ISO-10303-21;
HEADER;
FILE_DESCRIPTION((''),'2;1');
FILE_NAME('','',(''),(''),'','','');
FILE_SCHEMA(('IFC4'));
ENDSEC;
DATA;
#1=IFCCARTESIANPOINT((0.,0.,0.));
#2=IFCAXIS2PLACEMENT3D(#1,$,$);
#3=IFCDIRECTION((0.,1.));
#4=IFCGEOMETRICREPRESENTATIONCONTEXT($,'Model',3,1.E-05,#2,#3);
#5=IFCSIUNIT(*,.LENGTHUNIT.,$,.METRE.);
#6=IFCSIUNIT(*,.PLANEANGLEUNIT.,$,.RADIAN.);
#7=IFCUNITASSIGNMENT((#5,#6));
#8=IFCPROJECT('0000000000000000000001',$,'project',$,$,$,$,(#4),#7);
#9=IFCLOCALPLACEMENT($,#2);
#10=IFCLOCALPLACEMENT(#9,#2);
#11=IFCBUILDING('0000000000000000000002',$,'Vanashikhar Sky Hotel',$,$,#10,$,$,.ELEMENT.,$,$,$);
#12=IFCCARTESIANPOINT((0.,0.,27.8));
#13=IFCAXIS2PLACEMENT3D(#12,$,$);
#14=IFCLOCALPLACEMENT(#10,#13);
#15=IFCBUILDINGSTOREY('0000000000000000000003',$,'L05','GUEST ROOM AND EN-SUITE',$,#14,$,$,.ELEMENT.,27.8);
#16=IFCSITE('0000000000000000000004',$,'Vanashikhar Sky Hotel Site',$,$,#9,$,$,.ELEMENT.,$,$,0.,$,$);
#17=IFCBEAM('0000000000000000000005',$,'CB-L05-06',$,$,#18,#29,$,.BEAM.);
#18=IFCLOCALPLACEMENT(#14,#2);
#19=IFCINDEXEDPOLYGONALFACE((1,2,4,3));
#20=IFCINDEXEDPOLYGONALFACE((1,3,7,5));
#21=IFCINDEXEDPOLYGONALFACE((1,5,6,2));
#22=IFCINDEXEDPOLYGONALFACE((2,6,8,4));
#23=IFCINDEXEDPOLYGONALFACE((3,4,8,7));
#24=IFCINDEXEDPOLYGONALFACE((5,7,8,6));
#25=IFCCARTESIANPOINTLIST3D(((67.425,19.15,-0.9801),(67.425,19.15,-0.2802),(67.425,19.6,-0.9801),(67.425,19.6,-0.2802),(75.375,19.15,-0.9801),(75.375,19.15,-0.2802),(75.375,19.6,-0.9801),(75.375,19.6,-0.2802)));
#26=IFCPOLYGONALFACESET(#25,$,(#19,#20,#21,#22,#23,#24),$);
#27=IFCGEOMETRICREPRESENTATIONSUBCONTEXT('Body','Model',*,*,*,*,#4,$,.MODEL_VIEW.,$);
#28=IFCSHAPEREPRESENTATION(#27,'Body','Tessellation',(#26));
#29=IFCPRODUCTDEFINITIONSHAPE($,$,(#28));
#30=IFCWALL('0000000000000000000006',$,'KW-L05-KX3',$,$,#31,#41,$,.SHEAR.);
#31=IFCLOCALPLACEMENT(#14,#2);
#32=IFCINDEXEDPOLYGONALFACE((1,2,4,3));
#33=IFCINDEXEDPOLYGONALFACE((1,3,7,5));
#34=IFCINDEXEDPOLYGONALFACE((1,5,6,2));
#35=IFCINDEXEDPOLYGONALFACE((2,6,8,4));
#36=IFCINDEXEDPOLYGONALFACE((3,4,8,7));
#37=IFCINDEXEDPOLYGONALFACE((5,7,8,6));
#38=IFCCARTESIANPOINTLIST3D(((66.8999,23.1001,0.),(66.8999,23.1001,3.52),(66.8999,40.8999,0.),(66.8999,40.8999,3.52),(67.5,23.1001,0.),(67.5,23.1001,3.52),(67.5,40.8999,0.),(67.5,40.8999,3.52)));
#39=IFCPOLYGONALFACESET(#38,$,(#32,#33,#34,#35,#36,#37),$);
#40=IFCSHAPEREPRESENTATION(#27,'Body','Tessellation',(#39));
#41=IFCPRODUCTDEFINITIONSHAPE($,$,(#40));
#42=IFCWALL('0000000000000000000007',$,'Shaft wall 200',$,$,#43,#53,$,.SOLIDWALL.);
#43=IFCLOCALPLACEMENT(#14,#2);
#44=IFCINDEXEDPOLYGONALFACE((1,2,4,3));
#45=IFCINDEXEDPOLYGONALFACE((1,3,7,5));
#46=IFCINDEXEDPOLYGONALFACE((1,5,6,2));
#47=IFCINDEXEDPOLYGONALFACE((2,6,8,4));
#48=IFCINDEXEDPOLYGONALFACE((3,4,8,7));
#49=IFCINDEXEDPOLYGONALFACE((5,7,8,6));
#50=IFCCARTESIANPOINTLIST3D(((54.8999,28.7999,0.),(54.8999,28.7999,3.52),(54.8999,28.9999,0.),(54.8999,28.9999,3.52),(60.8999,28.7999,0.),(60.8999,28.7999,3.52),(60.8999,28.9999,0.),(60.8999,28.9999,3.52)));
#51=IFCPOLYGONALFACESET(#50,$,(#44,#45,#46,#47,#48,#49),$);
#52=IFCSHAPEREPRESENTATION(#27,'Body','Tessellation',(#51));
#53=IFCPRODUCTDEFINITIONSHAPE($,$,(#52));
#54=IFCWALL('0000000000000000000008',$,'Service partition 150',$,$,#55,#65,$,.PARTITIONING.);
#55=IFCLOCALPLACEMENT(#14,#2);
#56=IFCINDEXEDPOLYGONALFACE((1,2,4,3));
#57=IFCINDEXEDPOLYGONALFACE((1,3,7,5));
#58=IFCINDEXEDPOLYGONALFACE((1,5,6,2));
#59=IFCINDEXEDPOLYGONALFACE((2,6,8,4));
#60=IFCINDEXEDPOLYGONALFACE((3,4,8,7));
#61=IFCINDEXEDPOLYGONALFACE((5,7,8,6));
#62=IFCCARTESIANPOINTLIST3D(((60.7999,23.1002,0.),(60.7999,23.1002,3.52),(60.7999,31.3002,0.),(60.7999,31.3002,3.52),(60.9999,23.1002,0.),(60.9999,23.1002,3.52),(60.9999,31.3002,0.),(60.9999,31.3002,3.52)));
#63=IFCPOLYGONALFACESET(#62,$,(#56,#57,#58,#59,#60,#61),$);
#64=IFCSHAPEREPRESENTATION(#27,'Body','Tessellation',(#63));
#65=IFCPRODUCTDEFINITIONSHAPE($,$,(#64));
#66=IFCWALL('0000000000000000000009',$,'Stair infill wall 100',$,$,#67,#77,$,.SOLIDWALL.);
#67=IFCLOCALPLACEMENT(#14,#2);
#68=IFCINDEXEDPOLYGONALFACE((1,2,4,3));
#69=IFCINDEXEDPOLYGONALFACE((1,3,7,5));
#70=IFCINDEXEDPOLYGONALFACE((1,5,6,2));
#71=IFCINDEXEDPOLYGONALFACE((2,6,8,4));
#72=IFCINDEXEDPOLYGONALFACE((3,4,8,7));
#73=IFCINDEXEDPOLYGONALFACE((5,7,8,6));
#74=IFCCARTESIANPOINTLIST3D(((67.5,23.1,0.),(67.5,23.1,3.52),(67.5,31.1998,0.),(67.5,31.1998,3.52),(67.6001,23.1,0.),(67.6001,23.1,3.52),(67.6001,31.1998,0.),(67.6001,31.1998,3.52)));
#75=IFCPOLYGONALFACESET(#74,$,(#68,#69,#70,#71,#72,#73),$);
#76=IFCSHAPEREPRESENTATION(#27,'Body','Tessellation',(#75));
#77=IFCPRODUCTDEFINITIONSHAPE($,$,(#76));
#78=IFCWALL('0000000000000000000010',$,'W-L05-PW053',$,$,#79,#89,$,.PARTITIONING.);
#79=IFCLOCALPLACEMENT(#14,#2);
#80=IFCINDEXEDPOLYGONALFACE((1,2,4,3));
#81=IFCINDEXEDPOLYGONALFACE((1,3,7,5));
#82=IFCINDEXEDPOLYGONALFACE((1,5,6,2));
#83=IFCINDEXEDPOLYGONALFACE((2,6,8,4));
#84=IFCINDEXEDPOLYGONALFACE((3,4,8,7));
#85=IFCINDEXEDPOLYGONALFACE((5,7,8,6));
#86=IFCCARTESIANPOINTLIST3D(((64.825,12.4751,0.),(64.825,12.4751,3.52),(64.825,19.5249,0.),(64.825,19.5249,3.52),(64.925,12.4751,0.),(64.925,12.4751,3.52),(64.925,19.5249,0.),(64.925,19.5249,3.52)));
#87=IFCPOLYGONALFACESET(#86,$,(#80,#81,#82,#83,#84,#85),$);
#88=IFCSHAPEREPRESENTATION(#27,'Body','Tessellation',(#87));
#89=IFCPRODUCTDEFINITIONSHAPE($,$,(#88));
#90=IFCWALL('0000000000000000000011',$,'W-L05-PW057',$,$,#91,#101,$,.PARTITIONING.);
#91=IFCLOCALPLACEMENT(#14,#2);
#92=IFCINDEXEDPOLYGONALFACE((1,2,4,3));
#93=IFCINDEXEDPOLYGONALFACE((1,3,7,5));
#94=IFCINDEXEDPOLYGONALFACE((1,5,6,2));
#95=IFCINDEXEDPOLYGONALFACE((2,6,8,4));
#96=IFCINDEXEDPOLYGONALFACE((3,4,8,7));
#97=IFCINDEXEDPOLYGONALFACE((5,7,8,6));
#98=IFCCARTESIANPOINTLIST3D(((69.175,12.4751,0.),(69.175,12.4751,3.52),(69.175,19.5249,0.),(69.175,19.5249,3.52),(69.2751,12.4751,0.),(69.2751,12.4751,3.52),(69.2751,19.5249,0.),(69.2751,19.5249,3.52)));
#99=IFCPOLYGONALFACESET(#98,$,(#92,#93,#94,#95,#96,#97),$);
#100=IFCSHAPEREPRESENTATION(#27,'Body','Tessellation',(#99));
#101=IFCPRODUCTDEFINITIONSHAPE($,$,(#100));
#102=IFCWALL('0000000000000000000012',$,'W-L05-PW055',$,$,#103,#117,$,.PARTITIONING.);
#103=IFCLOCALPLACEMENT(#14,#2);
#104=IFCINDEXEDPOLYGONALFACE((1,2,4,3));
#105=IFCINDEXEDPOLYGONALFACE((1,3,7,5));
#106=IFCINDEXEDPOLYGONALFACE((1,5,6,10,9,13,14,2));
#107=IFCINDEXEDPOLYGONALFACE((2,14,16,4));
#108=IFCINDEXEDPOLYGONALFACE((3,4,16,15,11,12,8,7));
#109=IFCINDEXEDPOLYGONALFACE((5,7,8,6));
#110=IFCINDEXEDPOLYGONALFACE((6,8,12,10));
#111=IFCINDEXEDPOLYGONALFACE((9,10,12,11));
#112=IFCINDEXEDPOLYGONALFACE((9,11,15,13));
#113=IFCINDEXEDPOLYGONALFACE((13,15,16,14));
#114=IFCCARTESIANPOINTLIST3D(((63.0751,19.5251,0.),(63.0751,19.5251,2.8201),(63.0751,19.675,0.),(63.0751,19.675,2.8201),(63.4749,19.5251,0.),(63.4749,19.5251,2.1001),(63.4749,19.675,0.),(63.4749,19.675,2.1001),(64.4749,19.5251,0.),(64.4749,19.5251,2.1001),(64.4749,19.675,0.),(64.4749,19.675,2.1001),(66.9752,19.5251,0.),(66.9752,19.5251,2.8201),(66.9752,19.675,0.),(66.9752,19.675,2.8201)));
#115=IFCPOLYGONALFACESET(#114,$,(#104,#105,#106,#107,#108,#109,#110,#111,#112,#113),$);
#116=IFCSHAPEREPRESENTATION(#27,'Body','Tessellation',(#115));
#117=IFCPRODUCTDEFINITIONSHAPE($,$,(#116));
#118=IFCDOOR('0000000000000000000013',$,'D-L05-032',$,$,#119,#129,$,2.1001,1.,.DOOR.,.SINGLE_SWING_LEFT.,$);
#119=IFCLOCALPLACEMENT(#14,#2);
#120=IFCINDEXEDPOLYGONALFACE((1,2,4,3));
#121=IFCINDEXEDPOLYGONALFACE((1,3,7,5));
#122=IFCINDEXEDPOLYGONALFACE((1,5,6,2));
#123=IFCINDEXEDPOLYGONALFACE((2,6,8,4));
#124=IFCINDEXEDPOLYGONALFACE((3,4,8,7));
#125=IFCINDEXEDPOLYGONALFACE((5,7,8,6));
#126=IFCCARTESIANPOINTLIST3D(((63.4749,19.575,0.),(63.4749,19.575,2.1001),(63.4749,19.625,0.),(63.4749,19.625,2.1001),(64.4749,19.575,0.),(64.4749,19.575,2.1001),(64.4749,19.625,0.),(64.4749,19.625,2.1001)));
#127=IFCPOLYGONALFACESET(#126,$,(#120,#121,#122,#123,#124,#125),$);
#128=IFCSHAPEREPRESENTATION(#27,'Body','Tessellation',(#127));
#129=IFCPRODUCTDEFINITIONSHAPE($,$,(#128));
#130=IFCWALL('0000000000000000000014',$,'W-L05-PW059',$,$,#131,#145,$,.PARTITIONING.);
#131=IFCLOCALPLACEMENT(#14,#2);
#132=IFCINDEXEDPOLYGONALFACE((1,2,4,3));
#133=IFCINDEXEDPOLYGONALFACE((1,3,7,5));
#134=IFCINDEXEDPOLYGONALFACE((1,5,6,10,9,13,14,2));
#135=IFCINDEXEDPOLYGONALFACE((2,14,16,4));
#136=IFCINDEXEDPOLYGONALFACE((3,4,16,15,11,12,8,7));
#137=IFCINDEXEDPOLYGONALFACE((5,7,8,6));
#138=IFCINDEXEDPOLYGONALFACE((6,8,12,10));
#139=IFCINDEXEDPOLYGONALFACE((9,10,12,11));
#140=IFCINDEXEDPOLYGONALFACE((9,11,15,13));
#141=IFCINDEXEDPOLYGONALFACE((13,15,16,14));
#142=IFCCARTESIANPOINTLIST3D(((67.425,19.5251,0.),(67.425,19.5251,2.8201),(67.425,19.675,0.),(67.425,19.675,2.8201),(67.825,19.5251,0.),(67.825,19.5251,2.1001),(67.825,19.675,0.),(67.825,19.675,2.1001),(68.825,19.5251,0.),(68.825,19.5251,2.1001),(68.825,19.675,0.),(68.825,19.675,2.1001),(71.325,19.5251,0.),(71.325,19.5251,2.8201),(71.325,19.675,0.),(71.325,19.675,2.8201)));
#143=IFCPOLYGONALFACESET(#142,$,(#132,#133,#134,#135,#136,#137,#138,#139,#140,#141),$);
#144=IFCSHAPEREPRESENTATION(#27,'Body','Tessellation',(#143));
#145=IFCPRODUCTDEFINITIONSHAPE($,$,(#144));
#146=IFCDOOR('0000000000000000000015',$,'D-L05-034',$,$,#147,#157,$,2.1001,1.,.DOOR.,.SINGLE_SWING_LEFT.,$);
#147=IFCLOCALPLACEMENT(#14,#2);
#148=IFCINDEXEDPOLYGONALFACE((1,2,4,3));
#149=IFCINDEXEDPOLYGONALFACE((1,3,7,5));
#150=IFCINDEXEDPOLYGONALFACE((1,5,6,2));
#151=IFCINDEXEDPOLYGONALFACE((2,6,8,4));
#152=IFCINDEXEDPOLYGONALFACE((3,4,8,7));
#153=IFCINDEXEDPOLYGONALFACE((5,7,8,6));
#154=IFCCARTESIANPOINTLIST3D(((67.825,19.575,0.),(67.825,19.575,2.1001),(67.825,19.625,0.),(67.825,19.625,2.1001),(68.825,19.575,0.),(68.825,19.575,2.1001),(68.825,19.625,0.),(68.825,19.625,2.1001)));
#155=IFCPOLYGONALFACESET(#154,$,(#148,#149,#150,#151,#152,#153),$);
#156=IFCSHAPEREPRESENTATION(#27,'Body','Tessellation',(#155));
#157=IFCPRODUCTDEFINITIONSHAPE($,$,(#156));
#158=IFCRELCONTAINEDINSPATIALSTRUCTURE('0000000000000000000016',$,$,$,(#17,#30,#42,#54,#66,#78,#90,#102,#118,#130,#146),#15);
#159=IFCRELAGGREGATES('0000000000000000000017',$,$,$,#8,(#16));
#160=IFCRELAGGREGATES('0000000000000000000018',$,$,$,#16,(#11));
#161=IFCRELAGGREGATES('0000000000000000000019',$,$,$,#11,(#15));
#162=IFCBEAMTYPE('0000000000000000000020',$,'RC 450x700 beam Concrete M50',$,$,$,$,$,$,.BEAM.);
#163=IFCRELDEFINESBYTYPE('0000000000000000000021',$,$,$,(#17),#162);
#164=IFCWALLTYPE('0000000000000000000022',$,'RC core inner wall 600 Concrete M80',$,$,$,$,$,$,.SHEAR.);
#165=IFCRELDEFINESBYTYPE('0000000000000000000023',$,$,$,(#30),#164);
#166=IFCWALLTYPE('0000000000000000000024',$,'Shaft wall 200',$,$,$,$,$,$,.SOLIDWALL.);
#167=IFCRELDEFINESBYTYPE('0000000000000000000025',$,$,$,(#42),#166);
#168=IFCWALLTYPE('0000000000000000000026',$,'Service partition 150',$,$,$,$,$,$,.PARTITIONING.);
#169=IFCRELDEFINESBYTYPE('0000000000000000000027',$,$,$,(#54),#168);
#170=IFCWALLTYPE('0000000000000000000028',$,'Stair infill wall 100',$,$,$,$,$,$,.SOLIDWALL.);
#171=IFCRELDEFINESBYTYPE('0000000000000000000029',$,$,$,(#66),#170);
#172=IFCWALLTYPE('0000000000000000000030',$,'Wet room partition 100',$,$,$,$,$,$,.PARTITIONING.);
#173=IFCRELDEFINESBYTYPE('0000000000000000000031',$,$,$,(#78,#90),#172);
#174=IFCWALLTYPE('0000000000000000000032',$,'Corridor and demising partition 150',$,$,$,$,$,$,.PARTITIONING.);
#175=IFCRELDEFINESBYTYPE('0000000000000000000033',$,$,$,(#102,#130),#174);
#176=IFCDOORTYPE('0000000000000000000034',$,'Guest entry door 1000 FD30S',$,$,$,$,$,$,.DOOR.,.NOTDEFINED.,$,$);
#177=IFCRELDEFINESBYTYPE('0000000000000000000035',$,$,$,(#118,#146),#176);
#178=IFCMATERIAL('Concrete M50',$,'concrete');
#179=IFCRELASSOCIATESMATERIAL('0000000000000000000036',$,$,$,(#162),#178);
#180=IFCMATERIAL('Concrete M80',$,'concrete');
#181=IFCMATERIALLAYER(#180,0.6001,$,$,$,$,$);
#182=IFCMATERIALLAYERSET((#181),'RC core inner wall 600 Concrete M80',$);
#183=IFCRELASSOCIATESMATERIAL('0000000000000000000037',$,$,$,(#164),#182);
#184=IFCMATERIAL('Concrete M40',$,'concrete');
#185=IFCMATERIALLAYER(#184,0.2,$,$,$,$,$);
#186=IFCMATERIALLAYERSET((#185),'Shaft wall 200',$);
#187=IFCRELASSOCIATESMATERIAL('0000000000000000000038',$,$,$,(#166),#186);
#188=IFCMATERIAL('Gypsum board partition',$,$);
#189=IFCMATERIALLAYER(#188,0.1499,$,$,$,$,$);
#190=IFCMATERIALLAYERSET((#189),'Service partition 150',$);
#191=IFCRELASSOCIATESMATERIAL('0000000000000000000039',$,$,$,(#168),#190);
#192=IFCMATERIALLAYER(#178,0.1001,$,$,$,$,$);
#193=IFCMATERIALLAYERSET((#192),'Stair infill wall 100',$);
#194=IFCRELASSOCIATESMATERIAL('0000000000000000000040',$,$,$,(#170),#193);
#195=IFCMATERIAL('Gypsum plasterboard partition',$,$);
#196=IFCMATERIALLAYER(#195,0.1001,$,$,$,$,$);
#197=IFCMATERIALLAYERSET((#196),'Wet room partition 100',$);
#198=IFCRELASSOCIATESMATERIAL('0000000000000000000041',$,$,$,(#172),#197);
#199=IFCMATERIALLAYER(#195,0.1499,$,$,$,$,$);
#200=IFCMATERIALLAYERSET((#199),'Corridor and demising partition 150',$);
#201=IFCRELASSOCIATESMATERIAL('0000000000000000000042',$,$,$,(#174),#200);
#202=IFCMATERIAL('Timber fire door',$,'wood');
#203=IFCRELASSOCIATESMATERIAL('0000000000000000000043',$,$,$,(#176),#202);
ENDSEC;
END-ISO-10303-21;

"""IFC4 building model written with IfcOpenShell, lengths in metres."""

from ifc_helpers import new_model, si_unit, direction, frame, frame_2d, origin, origin_2d, place, context, subcontext, project, spatial, rectangle, extrude, source, transform, mapped, material, layer, layer_set, material_profile, profile_set, type_object, element, fill, save


model = new_model("IFC4")

# Units and contexts
model_context = context("Model", 3, precision=1e-05, world=origin(), true_north=direction((0.0, 1.0)))
body_context = subcontext(model_context, "Body", "Model", "MODEL_VIEW")
ifc_project = project(units=[si_unit("LENGTHUNIT", "METRE"), si_unit("PLANEANGLEUNIT", "RADIAN")], contexts=[model_context])

# Site, building, storey
site_placement = place(None, origin())
site = spatial("IfcSite", under=ifc_project, at=site_placement, Name="Vanashikhar Sky Hotel Site", CompositionType="ELEMENT", RefElevation=0.0)
building_placement = place(site_placement, origin())
building = spatial("IfcBuilding", under=site, at=building_placement, Name="Vanashikhar Sky Hotel", CompositionType="ELEMENT")
storey_placement = place(building_placement, frame((0.0, 0.0, 27.8)))
storey = spatial("IfcBuildingStorey", under=building, at=storey_placement, Name="L05", Description="GUEST ROOM AND EN-SUITE", CompositionType="ELEMENT", Elevation=27.8)

# Beam
ifc_material_1 = material(Name="Concrete M50", Category="concrete")
ifc_material_profile = material_profile(ifc_material_1, rectangle(XDim=0.45, YDim=0.7, at=origin_2d()))
ifc_profile_set = profile_set([ifc_material_profile], Name="RC 450x700 beam Concrete M50")
beam_type = type_object("IfcBeamType", Name="RC 450x700 beam Concrete M50", PredefinedType="BEAM", material=ifc_profile_set)
shared_shape_1 = source(origin(), body_context, "Body", "SweptSolid", [
    extrude(rectangle(XDim=0.45, YDim=0.7, at=origin_2d()), origin(), (0.0, 0.0, 1.0), 7.95),
])
beam_placement = place(storey_placement, frame((67.425, 19.375, -0.6301), z_axis=(1.0, 0.0, 0.0), x_axis=(0.0, 1.0, 0.0)))
element("IfcBeam", 1, at=beam_placement, inside=storey, type_object=beam_type, Name="CB-L05-06", PredefinedType="BEAM", context=body_context, shape_type="MappedRepresentation", body=[
    mapped(shared_shape_1, transform((0.0, 0.0, 0.0), scale=1.0)),
])

# Walls
ifc_material_2 = material(Name="Concrete M80", Category="concrete")
ifc_layer_1 = layer(ifc_material_2, 0.6001)
ifc_layer_set_1 = layer_set([ifc_layer_1], Name="RC core inner wall 600 Concrete M80")
wall_type_1 = type_object("IfcWallType", Name="RC core inner wall 600 Concrete M80", PredefinedType="SHEAR", material=ifc_layer_set_1)
shared_shape_2 = source(origin(), body_context, "Body", "SweptSolid", [
    extrude(rectangle(XDim=17.7998, YDim=0.6001, at=frame_2d((8.8999, 0.0))), origin(), (0.0, 0.0, 1.0), 3.52),
])
wall_1_placement = place(storey_placement, frame((67.2, 23.1001, 0.0), z_axis=(0.0, 0.0, 1.0), x_axis=(0.0, 1.0, 0.0)))
element("IfcWall", 2, at=wall_1_placement, inside=storey, type_object=wall_type_1, Name="KW-L05-KX3", PredefinedType="SHEAR", context=body_context, shape_type="MappedRepresentation", body=[
    mapped(shared_shape_2, transform((0.0, 0.0, 0.0), scale=1.0)),
])
ifc_material_3 = material(Name="Concrete M40", Category="concrete")
ifc_layer_2 = layer(ifc_material_3, 0.2)
ifc_layer_set_2 = layer_set([ifc_layer_2], Name="Shaft wall 200")
wall_type_2 = type_object("IfcWallType", Name="Shaft wall 200", PredefinedType="SOLIDWALL", material=ifc_layer_set_2)
shared_shape_3 = source(origin(), body_context, "Body", "SweptSolid", [
    extrude(rectangle(XDim=6.0, YDim=0.2, at=frame_2d((3.0, 0.0))), origin(), (0.0, 0.0, 1.0), 3.52),
])
wall_2_placement = place(storey_placement, frame((60.8999, 28.8999, 0.0), z_axis=(0.0, 0.0, 1.0), x_axis=(-1.0, 0.0, 0.0)))
element("IfcWall", 3, at=wall_2_placement, inside=storey, type_object=wall_type_2, Name="Shaft wall 200", PredefinedType="SOLIDWALL", context=body_context, shape_type="MappedRepresentation", body=[
    mapped(shared_shape_3, transform((0.0, 0.0, 0.0), scale=1.0)),
])
ifc_material_4 = material(Name="Gypsum board partition")
ifc_layer_3 = layer(ifc_material_4, 0.1499)
ifc_layer_set_3 = layer_set([ifc_layer_3], Name="Service partition 150")
wall_type_3 = type_object("IfcWallType", Name="Service partition 150", PredefinedType="PARTITIONING", material=ifc_layer_set_3)
shared_shape_4 = source(origin(), body_context, "Body", "SweptSolid", [
    extrude(rectangle(XDim=8.2, YDim=0.2, at=frame_2d((4.1001, 0.0))), origin(), (0.0, 0.0, 1.0), 3.52),
])
wall_3_placement = place(storey_placement, frame((60.8999, 23.1001, 0.0), z_axis=(0.0, 0.0, 1.0), x_axis=(0.0, 1.0, 0.0)))
element("IfcWall", 4, at=wall_3_placement, inside=storey, type_object=wall_type_3, Name="Service partition 150", PredefinedType="PARTITIONING", context=body_context, shape_type="MappedRepresentation", body=[
    mapped(shared_shape_4, transform((0.0, 0.0, 0.0), scale=1.0)),
])
ifc_layer_4 = layer(ifc_material_1, 0.1001)
ifc_layer_set_4 = layer_set([ifc_layer_4], Name="Stair infill wall 100")
wall_type_4 = type_object("IfcWallType", Name="Stair infill wall 100", PredefinedType="SOLIDWALL", material=ifc_layer_set_4)
shared_shape_5 = source(origin(), body_context, "Body", "SweptSolid", [
    extrude(rectangle(XDim=8.0999, YDim=0.1001, at=frame_2d((4.0498, 0.0))), origin(), (0.0, 0.0, 1.0), 3.52),
])
wall_4_placement = place(storey_placement, frame((67.55, 23.1001, 0.0), z_axis=(0.0, 0.0, 1.0), x_axis=(0.0, 1.0, 0.0)))
element("IfcWall", 5, at=wall_4_placement, inside=storey, type_object=wall_type_4, Name="Stair infill wall 100", PredefinedType="SOLIDWALL", context=body_context, shape_type="MappedRepresentation", body=[
    mapped(shared_shape_5, transform((0.0, 0.0, 0.0), scale=1.0)),
])
ifc_material_5 = material(Name="Gypsum plasterboard partition")
ifc_layer_5 = layer(ifc_material_5, 0.1001)
ifc_layer_set_5 = layer_set([ifc_layer_5], Name="Wet room partition 100")
wall_type_5 = type_object("IfcWallType", Name="Wet room partition 100", PredefinedType="PARTITIONING", material=ifc_layer_set_5)
shared_shape_6 = source(origin(), body_context, "Body", "SweptSolid", [
    extrude(rectangle(XDim=7.0498, YDim=0.1001, at=frame_2d((3.5249, 0.0))), origin(), (0.0, 0.0, 1.0), 3.52),
])
for number, where, z_axis, x_axis, name in (
    (6, (64.875, 12.4751, 0.0), (0.0, 0.0, 1.0), (0.0, 1.0, 0.0), "W-L05-PW053"),
    (7, (69.2251, 12.4751, 0.0), (0.0, 0.0, 1.0), (0.0, 1.0, 0.0), "W-L05-PW057"),
):
    element("IfcWall", number, at=place(storey_placement, frame(where, z_axis=z_axis, x_axis=x_axis)), inside=storey, type_object=wall_type_5, Name=name, PredefinedType="PARTITIONING", context=body_context, shape_type="MappedRepresentation", body=[
        mapped(shared_shape_6, transform((0.0, 0.0, 0.0), scale=1.0)),
    ])

# Walls, openings, doors
ifc_layer_6 = layer(ifc_material_5, 0.1499)
ifc_layer_set_6 = layer_set([ifc_layer_6], Name="Corridor and demising partition 150")
wall_type_6 = type_object("IfcWallType", Name="Corridor and demising partition 150", PredefinedType="PARTITIONING", material=ifc_layer_set_6)
shared_shape_7 = source(origin(), body_context, "Body", "SweptSolid", [
    extrude(rectangle(XDim=3.9001, YDim=0.1499, at=frame_2d((1.9502, 0.0))), origin(), (0.0, 0.0, 1.0), 2.8201),
])
wall_5_placement = place(storey_placement, frame((63.075, 19.6001, 0.0), z_axis=(0.0, 0.0, 1.0), x_axis=(1.0, 0.0, 0.0)))
wall_5 = element("IfcWall", 8, at=wall_5_placement, inside=storey, type_object=wall_type_6, Name="W-L05-PW055", PredefinedType="PARTITIONING", context=body_context, shape_type="MappedRepresentation", body=[
    mapped(shared_shape_7, transform((0.0, 0.0, 0.0), scale=1.0)),
])
shared_shape_8 = source(origin(), body_context, "Body", "SweptSolid", [
    extrude(rectangle(XDim=1.0, YDim=2.1001, at=frame_2d((0.5, 1.05))), frame((0.0, 0.085, 0.0), z_axis=(0.0, -1.0, 0.0), x_axis=(1.0, 0.0, 0.0)), (0.0, 0.0, 1.0), 0.1699),
])
opening_1_placement = place(wall_5_placement, frame((0.3999, 0.0, 0.0)))
opening_1 = element("IfcOpeningElement", 9, at=opening_1_placement, cuts=wall_5, PredefinedType="OPENING", context=body_context, shape_type="MappedRepresentation", body=[
    mapped(shared_shape_8, transform((0.0, 0.0, 0.0), scale=1.0)),
])
ifc_material_6 = material(Name="Timber fire door", Category="wood")
door_type = type_object("IfcDoorType", Name="Guest entry door 1000 FD30S", OperationType="NOTDEFINED", PredefinedType="DOOR", material=ifc_material_6)
shared_shape_9 = source(origin(), body_context, "Body", "SweptSolid", [
    extrude(rectangle(XDim=1.0, YDim=2.1001, at=frame_2d((0.5, 1.05))), frame((0.0, 0.0249, 0.0), z_axis=(0.0, -1.0, 0.0), x_axis=(1.0, 0.0, 0.0)), (0.0, 0.0, 1.0), 0.05),
])
door_1_placement = place(opening_1_placement, origin())
door_1 = element("IfcDoor", 10, at=door_1_placement, inside=storey, type_object=door_type, Name="D-L05-032", OperationType="SINGLE_SWING_LEFT", OverallHeight=2.1001, OverallWidth=1.0, PredefinedType="DOOR", context=body_context, shape_type="MappedRepresentation", body=[
    mapped(shared_shape_9, transform((0.0, 0.0, 0.0), scale=1.0)),
])
fill(opening_1, door_1)
shared_shape_10 = source(origin(), body_context, "Body", "SweptSolid", [
    extrude(rectangle(XDim=3.8999, YDim=0.1499, at=frame_2d((1.95, 0.0))), origin(), (0.0, 0.0, 1.0), 2.8201),
])
wall_6_placement = place(storey_placement, frame((67.425, 19.6001, 0.0), z_axis=(0.0, 0.0, 1.0), x_axis=(1.0, 0.0, 0.0)))
wall_6 = element("IfcWall", 11, at=wall_6_placement, inside=storey, type_object=wall_type_6, Name="W-L05-PW059", PredefinedType="PARTITIONING", context=body_context, shape_type="MappedRepresentation", body=[
    mapped(shared_shape_10, transform((0.0, 0.0, 0.0), scale=1.0)),
])
opening_2_placement = place(wall_6_placement, frame((0.3999, 0.0, 0.0)))
opening_2 = element("IfcOpeningElement", 12, at=opening_2_placement, cuts=wall_6, PredefinedType="OPENING", context=body_context, shape_type="MappedRepresentation", body=[
    mapped(shared_shape_8, transform((0.0, 0.0, 0.0), scale=1.0)),
])
door_2_placement = place(opening_2_placement, origin())
door_2 = element("IfcDoor", 13, at=door_2_placement, inside=storey, type_object=door_type, Name="D-L05-034", OperationType="SINGLE_SWING_LEFT", OverallHeight=2.1001, OverallWidth=1.0, PredefinedType="DOOR", context=body_context, shape_type="MappedRepresentation", body=[
    mapped(shared_shape_9, transform((0.0, 0.0, 0.0), scale=1.0)),
])
fill(opening_2, door_2)

save(model, "model.ifc")
